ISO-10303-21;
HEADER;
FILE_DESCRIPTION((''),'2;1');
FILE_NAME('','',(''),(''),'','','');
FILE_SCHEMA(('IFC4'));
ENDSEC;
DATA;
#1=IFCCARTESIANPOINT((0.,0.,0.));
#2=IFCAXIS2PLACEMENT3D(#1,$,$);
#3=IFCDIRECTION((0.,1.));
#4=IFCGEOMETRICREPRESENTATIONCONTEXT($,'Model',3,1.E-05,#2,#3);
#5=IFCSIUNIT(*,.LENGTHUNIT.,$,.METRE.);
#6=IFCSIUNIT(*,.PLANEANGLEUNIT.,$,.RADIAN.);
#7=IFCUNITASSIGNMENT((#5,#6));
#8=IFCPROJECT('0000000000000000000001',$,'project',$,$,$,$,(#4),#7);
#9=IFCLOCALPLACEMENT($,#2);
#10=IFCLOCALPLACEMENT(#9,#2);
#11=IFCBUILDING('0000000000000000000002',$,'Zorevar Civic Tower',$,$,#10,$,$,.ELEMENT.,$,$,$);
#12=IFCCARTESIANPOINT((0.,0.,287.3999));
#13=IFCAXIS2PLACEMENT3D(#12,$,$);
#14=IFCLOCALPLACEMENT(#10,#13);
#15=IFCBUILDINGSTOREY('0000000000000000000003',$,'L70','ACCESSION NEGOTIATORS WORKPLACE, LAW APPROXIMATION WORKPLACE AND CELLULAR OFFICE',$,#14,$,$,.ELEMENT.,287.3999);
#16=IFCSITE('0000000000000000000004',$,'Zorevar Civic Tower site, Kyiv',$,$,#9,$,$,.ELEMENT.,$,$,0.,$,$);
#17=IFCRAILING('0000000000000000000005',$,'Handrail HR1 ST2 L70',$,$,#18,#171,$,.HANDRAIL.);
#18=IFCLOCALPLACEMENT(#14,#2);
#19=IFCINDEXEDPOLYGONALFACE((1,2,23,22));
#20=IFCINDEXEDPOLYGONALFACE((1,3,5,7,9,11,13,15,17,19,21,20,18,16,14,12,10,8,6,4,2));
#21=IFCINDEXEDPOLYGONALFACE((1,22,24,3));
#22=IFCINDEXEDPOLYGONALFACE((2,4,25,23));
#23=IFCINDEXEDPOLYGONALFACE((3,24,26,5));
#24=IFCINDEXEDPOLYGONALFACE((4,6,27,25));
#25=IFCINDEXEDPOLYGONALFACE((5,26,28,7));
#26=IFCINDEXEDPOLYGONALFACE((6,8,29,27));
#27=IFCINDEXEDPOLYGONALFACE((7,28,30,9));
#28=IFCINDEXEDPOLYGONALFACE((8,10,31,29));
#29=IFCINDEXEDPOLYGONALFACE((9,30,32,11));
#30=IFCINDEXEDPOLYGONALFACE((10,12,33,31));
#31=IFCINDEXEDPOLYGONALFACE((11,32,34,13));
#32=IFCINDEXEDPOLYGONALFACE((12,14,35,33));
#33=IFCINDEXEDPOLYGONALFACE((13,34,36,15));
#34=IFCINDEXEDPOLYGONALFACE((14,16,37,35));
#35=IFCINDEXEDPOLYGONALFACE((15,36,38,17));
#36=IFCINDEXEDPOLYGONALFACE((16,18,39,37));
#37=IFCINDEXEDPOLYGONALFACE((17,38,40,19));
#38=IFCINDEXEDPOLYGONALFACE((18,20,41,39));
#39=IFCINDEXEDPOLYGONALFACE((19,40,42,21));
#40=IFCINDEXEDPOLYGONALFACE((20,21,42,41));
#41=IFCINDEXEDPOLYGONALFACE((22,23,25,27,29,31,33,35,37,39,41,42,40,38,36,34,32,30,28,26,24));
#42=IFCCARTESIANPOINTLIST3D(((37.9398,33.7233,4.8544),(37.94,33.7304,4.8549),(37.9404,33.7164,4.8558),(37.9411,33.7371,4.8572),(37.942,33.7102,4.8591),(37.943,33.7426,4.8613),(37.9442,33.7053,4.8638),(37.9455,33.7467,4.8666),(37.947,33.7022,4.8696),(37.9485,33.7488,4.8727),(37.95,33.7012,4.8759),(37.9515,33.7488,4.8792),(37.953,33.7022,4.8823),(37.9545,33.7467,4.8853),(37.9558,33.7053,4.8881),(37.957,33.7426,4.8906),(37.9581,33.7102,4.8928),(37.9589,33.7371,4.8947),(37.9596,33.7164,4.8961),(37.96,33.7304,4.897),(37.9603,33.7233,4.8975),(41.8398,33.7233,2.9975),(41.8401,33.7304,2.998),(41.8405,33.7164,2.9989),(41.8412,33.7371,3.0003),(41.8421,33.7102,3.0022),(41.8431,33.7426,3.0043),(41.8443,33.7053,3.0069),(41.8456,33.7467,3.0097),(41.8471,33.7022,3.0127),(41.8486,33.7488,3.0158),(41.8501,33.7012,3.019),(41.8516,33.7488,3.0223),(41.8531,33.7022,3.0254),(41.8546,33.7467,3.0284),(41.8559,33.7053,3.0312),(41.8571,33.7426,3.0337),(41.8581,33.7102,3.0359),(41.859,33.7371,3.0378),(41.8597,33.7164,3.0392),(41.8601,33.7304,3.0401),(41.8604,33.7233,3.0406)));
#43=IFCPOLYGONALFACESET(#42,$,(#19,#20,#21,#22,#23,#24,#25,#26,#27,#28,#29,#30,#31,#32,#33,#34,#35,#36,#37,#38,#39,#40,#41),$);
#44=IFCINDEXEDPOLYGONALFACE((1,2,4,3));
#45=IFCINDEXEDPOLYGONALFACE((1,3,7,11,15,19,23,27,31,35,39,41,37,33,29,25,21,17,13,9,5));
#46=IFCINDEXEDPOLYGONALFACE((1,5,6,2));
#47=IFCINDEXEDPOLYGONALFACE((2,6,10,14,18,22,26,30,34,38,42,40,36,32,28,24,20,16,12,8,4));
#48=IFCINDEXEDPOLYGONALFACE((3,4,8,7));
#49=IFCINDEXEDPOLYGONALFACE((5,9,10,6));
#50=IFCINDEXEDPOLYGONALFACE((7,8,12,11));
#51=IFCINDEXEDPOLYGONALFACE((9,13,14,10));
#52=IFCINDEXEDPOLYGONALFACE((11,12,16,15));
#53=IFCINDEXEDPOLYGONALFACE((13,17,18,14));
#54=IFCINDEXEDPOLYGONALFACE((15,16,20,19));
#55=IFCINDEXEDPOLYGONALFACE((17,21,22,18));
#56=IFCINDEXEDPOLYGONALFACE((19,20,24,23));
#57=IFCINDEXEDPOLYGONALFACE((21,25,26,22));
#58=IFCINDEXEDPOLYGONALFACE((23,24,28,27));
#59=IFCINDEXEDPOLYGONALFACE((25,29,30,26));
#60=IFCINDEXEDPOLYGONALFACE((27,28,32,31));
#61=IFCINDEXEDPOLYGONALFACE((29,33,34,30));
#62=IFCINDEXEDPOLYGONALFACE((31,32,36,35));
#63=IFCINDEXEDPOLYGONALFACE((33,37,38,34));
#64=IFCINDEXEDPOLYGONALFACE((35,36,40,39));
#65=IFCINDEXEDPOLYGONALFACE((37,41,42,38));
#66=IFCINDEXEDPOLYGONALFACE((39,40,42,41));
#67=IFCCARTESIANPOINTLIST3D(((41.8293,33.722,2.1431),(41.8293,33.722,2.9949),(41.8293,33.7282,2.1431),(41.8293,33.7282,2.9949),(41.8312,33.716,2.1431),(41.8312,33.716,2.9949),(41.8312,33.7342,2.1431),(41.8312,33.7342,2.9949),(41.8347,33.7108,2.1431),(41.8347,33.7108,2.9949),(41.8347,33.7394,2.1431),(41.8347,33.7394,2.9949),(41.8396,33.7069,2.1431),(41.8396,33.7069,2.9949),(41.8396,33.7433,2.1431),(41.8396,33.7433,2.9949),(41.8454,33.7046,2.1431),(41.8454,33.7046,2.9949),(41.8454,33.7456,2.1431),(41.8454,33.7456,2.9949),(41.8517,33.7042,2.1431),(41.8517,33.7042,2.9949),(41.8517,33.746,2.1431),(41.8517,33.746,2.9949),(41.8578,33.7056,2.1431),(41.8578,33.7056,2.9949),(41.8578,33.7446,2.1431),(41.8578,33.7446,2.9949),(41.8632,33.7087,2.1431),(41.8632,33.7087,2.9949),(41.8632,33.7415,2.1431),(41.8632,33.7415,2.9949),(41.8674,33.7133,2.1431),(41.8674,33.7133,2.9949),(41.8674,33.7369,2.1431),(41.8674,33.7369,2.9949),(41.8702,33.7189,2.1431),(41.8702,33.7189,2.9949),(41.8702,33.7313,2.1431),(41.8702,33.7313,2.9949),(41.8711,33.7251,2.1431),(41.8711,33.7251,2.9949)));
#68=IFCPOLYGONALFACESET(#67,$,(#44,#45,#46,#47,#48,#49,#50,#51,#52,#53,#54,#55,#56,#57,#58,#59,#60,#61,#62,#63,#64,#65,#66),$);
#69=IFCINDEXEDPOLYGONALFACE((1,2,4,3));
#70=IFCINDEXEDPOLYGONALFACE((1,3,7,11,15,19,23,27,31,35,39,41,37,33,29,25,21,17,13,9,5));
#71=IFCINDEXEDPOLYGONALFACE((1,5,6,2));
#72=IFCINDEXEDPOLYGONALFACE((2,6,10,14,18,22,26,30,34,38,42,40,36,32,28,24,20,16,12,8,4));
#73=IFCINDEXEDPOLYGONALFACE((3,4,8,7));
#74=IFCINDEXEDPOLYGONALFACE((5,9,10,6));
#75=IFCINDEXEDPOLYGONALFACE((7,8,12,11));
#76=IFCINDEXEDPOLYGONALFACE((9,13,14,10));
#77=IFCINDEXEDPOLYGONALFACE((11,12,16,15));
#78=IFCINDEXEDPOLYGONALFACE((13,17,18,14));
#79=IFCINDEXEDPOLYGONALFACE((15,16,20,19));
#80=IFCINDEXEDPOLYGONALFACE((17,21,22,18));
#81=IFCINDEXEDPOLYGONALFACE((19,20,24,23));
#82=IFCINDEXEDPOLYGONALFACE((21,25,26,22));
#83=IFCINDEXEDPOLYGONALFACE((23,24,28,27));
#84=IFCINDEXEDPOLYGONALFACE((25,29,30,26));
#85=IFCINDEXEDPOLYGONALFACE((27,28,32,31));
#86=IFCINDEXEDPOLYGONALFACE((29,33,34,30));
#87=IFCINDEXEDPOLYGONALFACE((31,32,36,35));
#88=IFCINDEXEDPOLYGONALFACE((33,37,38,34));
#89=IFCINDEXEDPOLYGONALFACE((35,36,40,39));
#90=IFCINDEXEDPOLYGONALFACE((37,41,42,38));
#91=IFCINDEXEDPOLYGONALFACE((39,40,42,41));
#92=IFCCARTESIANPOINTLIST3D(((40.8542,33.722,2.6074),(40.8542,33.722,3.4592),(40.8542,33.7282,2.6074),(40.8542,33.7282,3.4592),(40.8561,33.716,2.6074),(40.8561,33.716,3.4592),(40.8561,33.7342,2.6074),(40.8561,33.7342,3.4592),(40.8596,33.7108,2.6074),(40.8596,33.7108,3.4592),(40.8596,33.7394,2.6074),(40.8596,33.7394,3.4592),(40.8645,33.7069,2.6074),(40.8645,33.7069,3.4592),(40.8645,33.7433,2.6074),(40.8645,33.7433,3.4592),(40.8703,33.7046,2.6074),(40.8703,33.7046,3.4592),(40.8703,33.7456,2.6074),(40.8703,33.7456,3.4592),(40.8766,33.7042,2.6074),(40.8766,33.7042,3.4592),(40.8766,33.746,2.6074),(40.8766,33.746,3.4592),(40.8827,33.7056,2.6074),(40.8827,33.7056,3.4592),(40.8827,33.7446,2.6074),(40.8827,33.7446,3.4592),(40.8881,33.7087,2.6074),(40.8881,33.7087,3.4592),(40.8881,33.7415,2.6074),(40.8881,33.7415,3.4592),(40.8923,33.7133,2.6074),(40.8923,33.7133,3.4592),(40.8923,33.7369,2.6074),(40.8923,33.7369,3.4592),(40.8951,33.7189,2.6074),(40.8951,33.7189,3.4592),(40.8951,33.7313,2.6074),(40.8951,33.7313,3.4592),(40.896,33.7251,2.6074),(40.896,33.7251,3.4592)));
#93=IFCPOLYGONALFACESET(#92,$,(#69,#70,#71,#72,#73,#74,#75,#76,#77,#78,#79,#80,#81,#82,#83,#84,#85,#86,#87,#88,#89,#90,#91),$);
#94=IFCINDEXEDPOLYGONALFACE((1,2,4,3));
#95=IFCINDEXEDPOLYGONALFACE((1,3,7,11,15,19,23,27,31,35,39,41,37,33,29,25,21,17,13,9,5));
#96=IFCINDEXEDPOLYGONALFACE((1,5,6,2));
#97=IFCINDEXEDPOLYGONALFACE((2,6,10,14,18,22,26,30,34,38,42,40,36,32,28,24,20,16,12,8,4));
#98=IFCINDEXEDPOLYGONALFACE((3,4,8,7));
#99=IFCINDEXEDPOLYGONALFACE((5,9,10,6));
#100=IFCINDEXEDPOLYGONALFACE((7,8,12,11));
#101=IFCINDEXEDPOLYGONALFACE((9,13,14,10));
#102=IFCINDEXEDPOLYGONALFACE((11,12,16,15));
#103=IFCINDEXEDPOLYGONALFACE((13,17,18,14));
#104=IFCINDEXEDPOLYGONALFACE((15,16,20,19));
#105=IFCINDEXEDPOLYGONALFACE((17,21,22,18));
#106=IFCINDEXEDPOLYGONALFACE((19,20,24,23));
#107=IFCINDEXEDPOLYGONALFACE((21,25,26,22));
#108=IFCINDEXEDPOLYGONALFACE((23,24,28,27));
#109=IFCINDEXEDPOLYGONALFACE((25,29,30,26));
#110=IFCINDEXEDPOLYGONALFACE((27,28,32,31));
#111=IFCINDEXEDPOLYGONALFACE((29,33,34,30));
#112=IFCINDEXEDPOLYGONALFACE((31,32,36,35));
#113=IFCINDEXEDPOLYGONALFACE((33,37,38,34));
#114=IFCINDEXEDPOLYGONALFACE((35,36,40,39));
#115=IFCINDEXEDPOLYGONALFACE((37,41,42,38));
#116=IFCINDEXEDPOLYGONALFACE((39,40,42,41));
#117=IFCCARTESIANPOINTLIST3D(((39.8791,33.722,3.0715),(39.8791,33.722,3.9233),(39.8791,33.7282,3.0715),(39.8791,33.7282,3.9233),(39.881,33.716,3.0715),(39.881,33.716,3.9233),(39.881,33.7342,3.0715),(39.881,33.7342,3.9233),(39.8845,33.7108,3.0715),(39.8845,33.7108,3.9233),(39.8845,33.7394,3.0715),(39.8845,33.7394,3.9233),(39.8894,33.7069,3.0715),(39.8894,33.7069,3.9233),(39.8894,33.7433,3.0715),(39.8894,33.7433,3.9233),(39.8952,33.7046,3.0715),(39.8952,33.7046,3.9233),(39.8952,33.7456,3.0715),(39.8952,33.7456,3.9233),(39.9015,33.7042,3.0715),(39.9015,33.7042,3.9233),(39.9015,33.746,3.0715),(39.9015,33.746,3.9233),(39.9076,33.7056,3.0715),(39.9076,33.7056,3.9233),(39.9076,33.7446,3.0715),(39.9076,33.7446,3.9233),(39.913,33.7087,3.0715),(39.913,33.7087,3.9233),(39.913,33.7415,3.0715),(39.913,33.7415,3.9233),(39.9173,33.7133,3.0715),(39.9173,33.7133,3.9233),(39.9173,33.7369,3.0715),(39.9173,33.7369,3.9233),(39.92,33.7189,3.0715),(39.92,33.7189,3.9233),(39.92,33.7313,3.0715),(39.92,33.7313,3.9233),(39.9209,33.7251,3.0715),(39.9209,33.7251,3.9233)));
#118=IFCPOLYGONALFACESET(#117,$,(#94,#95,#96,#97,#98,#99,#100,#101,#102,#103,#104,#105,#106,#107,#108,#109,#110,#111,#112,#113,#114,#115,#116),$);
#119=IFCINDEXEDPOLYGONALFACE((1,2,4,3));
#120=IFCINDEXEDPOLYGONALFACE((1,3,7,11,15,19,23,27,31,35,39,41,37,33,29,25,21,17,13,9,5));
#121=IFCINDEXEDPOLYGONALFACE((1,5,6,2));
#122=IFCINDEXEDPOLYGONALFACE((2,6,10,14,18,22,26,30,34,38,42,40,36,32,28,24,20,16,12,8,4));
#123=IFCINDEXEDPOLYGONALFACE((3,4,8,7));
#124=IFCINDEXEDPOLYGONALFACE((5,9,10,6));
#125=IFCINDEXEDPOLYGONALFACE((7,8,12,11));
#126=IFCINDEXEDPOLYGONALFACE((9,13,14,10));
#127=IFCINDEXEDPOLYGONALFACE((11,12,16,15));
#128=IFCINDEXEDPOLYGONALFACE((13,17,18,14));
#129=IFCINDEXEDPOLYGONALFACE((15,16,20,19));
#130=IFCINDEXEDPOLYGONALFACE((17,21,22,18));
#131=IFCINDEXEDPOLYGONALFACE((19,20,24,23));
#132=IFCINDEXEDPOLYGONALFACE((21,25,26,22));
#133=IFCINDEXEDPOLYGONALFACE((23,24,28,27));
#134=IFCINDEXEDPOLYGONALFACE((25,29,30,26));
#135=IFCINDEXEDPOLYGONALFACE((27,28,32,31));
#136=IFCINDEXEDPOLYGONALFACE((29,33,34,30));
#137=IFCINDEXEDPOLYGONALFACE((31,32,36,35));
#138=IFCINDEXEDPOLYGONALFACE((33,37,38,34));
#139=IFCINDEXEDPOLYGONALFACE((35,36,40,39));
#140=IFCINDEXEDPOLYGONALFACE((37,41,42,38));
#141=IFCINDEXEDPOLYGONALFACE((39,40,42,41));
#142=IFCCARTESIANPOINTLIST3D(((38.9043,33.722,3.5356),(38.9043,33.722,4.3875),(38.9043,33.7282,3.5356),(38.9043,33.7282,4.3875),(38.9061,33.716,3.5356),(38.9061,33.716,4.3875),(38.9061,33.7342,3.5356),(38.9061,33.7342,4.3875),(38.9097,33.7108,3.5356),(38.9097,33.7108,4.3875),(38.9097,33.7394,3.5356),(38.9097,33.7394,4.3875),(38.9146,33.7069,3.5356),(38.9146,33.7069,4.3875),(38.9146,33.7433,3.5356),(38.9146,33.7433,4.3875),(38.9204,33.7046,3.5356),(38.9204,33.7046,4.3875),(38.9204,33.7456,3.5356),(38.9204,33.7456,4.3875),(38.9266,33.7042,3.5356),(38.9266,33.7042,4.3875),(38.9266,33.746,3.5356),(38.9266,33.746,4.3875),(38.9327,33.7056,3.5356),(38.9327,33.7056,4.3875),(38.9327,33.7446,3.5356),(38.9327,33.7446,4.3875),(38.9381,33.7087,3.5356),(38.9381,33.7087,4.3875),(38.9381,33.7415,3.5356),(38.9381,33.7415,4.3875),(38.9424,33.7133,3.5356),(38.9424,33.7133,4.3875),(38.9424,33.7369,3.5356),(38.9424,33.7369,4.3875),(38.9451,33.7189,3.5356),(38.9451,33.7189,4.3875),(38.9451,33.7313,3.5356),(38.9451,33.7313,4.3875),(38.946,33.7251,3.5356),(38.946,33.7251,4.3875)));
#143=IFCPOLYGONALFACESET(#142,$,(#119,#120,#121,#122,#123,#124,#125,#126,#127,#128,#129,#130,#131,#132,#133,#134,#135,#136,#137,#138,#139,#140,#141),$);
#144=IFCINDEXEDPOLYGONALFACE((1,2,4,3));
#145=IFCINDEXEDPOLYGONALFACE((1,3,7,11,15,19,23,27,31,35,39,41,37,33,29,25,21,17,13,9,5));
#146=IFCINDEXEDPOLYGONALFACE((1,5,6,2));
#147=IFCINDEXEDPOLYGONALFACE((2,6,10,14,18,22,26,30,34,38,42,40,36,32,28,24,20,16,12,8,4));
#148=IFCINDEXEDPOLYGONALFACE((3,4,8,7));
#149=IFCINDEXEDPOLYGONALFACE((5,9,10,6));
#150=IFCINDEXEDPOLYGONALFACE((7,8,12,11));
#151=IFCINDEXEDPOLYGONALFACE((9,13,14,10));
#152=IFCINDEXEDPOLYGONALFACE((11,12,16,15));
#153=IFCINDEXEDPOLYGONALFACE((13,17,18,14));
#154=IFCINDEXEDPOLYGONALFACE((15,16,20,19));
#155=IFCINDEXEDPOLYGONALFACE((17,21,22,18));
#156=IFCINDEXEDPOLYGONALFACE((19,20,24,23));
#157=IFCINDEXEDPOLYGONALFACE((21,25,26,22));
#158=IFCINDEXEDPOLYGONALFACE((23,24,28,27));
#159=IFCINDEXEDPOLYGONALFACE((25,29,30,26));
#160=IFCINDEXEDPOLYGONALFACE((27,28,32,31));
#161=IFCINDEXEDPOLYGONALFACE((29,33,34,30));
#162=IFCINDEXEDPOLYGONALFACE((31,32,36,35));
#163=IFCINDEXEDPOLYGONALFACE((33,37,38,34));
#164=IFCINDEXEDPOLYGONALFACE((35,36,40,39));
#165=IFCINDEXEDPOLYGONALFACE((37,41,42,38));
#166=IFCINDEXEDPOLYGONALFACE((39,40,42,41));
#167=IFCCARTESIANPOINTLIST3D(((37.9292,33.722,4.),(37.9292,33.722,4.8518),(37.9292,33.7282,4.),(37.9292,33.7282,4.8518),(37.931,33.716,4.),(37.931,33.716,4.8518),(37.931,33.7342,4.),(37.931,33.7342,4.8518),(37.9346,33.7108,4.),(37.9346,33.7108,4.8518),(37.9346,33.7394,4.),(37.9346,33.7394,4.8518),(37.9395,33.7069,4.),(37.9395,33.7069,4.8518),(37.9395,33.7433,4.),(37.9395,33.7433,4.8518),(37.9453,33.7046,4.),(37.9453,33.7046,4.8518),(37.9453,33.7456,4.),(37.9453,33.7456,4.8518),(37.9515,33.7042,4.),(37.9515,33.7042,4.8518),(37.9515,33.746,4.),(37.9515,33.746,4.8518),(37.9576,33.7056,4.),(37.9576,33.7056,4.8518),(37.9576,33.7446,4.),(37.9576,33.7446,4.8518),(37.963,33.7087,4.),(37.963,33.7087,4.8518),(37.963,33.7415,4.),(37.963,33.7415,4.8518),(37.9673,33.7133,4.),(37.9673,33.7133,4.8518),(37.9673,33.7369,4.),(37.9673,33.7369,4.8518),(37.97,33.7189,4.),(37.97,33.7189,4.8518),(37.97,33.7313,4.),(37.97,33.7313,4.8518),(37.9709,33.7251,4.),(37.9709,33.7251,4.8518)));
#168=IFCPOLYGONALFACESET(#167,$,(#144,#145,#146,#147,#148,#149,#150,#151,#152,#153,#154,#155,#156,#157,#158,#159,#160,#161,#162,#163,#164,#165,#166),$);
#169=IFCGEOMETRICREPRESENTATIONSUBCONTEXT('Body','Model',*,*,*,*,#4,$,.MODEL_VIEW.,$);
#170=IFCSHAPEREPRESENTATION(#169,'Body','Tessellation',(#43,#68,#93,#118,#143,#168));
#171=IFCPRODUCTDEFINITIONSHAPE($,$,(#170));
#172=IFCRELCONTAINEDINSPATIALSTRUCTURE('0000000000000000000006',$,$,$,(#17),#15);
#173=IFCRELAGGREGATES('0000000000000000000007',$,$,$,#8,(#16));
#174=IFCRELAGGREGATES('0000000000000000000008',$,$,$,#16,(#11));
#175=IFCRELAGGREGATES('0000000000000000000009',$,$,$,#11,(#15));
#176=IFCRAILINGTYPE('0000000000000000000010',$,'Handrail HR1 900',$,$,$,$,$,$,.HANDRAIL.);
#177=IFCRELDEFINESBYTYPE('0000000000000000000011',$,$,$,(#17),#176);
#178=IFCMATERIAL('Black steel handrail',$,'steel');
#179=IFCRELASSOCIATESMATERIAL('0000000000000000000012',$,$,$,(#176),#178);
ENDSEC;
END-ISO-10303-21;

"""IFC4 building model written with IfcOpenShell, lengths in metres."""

from ifc_helpers import new_model, si_unit, direction, frame, origin, origin_2d, place, context, subcontext, project, spatial, circle, extrude, material, type_object, element, save


model = new_model("IFC4")

# Units and contexts
model_context = context("Model", 3, precision=1e-05, world=origin(), true_north=direction((0.0, 1.0)))
body_context = subcontext(model_context, "Body", "Model", "MODEL_VIEW")
ifc_project = project(units=[si_unit("LENGTHUNIT", "METRE"), si_unit("PLANEANGLEUNIT", "RADIAN")], contexts=[model_context])

# Site, building, storey
site_placement = place(None, origin())
site = spatial("IfcSite", under=ifc_project, at=site_placement, Name="Zorevar Civic Tower site, Kyiv", CompositionType="ELEMENT", RefElevation=0.0)
building_placement = place(site_placement, origin())
building = spatial("IfcBuilding", under=site, at=building_placement, Name="Zorevar Civic Tower", CompositionType="ELEMENT")
storey_placement = place(building_placement, frame((0.0, 0.0, 287.3999)))
storey = spatial("IfcBuildingStorey", under=building, at=storey_placement, Name="L70", Description="ACCESSION NEGOTIATORS WORKPLACE, LAW APPROXIMATION WORKPLACE AND CELLULAR OFFICE", CompositionType="ELEMENT", Elevation=287.3999)

# Railing
ifc_material_1 = material(Name="Black steel handrail", Category="steel")
railing_type = type_object("IfcRailingType", Name="Handrail HR1 900", PredefinedType="HANDRAIL", material=ifc_material_1)
railing_1_placement = place(storey_placement, frame((41.8501, 33.7251, 2.1431)))
element("IfcRailing", 1, at=railing_1_placement, inside=storey, type_object=railing_type, Name="Handrail HR1 ST2 L70", PredefinedType="HANDRAIL", context=body_context, shape_type="SweptSolid", body=[
    extrude(circle(Radius=0.0239, at=origin_2d()), frame((0.0, 0.0, 0.876), z_axis=(-0.902886, 0.0, 0.429881), x_axis=(0.0, -1.0, 0.0)), (0.0, 0.0, 1.0), 4.3196),
    extrude(circle(Radius=0.021, at=origin_2d()), origin(), (0.0, 0.0, 1.0), 0.8518),
    extrude(circle(Radius=0.021, at=origin_2d()), frame((-0.9751, 0.0, 0.4644)), (0.0, 0.0, 1.0), 0.8518),
    extrude(circle(Radius=0.021, at=origin_2d()), frame((-1.9502, 0.0, 0.9285)), (0.0, 0.0, 1.0), 0.8518),
    extrude(circle(Radius=0.021, at=origin_2d()), frame((-2.925, 0.0, 1.3926)), (0.0, 0.0, 1.0), 0.8518),
    extrude(circle(Radius=0.021, at=origin_2d()), frame((-3.9001, 0.0, 1.8569)), (0.0, 0.0, 1.0), 0.8518),
])

save(model, "model.ifc")
